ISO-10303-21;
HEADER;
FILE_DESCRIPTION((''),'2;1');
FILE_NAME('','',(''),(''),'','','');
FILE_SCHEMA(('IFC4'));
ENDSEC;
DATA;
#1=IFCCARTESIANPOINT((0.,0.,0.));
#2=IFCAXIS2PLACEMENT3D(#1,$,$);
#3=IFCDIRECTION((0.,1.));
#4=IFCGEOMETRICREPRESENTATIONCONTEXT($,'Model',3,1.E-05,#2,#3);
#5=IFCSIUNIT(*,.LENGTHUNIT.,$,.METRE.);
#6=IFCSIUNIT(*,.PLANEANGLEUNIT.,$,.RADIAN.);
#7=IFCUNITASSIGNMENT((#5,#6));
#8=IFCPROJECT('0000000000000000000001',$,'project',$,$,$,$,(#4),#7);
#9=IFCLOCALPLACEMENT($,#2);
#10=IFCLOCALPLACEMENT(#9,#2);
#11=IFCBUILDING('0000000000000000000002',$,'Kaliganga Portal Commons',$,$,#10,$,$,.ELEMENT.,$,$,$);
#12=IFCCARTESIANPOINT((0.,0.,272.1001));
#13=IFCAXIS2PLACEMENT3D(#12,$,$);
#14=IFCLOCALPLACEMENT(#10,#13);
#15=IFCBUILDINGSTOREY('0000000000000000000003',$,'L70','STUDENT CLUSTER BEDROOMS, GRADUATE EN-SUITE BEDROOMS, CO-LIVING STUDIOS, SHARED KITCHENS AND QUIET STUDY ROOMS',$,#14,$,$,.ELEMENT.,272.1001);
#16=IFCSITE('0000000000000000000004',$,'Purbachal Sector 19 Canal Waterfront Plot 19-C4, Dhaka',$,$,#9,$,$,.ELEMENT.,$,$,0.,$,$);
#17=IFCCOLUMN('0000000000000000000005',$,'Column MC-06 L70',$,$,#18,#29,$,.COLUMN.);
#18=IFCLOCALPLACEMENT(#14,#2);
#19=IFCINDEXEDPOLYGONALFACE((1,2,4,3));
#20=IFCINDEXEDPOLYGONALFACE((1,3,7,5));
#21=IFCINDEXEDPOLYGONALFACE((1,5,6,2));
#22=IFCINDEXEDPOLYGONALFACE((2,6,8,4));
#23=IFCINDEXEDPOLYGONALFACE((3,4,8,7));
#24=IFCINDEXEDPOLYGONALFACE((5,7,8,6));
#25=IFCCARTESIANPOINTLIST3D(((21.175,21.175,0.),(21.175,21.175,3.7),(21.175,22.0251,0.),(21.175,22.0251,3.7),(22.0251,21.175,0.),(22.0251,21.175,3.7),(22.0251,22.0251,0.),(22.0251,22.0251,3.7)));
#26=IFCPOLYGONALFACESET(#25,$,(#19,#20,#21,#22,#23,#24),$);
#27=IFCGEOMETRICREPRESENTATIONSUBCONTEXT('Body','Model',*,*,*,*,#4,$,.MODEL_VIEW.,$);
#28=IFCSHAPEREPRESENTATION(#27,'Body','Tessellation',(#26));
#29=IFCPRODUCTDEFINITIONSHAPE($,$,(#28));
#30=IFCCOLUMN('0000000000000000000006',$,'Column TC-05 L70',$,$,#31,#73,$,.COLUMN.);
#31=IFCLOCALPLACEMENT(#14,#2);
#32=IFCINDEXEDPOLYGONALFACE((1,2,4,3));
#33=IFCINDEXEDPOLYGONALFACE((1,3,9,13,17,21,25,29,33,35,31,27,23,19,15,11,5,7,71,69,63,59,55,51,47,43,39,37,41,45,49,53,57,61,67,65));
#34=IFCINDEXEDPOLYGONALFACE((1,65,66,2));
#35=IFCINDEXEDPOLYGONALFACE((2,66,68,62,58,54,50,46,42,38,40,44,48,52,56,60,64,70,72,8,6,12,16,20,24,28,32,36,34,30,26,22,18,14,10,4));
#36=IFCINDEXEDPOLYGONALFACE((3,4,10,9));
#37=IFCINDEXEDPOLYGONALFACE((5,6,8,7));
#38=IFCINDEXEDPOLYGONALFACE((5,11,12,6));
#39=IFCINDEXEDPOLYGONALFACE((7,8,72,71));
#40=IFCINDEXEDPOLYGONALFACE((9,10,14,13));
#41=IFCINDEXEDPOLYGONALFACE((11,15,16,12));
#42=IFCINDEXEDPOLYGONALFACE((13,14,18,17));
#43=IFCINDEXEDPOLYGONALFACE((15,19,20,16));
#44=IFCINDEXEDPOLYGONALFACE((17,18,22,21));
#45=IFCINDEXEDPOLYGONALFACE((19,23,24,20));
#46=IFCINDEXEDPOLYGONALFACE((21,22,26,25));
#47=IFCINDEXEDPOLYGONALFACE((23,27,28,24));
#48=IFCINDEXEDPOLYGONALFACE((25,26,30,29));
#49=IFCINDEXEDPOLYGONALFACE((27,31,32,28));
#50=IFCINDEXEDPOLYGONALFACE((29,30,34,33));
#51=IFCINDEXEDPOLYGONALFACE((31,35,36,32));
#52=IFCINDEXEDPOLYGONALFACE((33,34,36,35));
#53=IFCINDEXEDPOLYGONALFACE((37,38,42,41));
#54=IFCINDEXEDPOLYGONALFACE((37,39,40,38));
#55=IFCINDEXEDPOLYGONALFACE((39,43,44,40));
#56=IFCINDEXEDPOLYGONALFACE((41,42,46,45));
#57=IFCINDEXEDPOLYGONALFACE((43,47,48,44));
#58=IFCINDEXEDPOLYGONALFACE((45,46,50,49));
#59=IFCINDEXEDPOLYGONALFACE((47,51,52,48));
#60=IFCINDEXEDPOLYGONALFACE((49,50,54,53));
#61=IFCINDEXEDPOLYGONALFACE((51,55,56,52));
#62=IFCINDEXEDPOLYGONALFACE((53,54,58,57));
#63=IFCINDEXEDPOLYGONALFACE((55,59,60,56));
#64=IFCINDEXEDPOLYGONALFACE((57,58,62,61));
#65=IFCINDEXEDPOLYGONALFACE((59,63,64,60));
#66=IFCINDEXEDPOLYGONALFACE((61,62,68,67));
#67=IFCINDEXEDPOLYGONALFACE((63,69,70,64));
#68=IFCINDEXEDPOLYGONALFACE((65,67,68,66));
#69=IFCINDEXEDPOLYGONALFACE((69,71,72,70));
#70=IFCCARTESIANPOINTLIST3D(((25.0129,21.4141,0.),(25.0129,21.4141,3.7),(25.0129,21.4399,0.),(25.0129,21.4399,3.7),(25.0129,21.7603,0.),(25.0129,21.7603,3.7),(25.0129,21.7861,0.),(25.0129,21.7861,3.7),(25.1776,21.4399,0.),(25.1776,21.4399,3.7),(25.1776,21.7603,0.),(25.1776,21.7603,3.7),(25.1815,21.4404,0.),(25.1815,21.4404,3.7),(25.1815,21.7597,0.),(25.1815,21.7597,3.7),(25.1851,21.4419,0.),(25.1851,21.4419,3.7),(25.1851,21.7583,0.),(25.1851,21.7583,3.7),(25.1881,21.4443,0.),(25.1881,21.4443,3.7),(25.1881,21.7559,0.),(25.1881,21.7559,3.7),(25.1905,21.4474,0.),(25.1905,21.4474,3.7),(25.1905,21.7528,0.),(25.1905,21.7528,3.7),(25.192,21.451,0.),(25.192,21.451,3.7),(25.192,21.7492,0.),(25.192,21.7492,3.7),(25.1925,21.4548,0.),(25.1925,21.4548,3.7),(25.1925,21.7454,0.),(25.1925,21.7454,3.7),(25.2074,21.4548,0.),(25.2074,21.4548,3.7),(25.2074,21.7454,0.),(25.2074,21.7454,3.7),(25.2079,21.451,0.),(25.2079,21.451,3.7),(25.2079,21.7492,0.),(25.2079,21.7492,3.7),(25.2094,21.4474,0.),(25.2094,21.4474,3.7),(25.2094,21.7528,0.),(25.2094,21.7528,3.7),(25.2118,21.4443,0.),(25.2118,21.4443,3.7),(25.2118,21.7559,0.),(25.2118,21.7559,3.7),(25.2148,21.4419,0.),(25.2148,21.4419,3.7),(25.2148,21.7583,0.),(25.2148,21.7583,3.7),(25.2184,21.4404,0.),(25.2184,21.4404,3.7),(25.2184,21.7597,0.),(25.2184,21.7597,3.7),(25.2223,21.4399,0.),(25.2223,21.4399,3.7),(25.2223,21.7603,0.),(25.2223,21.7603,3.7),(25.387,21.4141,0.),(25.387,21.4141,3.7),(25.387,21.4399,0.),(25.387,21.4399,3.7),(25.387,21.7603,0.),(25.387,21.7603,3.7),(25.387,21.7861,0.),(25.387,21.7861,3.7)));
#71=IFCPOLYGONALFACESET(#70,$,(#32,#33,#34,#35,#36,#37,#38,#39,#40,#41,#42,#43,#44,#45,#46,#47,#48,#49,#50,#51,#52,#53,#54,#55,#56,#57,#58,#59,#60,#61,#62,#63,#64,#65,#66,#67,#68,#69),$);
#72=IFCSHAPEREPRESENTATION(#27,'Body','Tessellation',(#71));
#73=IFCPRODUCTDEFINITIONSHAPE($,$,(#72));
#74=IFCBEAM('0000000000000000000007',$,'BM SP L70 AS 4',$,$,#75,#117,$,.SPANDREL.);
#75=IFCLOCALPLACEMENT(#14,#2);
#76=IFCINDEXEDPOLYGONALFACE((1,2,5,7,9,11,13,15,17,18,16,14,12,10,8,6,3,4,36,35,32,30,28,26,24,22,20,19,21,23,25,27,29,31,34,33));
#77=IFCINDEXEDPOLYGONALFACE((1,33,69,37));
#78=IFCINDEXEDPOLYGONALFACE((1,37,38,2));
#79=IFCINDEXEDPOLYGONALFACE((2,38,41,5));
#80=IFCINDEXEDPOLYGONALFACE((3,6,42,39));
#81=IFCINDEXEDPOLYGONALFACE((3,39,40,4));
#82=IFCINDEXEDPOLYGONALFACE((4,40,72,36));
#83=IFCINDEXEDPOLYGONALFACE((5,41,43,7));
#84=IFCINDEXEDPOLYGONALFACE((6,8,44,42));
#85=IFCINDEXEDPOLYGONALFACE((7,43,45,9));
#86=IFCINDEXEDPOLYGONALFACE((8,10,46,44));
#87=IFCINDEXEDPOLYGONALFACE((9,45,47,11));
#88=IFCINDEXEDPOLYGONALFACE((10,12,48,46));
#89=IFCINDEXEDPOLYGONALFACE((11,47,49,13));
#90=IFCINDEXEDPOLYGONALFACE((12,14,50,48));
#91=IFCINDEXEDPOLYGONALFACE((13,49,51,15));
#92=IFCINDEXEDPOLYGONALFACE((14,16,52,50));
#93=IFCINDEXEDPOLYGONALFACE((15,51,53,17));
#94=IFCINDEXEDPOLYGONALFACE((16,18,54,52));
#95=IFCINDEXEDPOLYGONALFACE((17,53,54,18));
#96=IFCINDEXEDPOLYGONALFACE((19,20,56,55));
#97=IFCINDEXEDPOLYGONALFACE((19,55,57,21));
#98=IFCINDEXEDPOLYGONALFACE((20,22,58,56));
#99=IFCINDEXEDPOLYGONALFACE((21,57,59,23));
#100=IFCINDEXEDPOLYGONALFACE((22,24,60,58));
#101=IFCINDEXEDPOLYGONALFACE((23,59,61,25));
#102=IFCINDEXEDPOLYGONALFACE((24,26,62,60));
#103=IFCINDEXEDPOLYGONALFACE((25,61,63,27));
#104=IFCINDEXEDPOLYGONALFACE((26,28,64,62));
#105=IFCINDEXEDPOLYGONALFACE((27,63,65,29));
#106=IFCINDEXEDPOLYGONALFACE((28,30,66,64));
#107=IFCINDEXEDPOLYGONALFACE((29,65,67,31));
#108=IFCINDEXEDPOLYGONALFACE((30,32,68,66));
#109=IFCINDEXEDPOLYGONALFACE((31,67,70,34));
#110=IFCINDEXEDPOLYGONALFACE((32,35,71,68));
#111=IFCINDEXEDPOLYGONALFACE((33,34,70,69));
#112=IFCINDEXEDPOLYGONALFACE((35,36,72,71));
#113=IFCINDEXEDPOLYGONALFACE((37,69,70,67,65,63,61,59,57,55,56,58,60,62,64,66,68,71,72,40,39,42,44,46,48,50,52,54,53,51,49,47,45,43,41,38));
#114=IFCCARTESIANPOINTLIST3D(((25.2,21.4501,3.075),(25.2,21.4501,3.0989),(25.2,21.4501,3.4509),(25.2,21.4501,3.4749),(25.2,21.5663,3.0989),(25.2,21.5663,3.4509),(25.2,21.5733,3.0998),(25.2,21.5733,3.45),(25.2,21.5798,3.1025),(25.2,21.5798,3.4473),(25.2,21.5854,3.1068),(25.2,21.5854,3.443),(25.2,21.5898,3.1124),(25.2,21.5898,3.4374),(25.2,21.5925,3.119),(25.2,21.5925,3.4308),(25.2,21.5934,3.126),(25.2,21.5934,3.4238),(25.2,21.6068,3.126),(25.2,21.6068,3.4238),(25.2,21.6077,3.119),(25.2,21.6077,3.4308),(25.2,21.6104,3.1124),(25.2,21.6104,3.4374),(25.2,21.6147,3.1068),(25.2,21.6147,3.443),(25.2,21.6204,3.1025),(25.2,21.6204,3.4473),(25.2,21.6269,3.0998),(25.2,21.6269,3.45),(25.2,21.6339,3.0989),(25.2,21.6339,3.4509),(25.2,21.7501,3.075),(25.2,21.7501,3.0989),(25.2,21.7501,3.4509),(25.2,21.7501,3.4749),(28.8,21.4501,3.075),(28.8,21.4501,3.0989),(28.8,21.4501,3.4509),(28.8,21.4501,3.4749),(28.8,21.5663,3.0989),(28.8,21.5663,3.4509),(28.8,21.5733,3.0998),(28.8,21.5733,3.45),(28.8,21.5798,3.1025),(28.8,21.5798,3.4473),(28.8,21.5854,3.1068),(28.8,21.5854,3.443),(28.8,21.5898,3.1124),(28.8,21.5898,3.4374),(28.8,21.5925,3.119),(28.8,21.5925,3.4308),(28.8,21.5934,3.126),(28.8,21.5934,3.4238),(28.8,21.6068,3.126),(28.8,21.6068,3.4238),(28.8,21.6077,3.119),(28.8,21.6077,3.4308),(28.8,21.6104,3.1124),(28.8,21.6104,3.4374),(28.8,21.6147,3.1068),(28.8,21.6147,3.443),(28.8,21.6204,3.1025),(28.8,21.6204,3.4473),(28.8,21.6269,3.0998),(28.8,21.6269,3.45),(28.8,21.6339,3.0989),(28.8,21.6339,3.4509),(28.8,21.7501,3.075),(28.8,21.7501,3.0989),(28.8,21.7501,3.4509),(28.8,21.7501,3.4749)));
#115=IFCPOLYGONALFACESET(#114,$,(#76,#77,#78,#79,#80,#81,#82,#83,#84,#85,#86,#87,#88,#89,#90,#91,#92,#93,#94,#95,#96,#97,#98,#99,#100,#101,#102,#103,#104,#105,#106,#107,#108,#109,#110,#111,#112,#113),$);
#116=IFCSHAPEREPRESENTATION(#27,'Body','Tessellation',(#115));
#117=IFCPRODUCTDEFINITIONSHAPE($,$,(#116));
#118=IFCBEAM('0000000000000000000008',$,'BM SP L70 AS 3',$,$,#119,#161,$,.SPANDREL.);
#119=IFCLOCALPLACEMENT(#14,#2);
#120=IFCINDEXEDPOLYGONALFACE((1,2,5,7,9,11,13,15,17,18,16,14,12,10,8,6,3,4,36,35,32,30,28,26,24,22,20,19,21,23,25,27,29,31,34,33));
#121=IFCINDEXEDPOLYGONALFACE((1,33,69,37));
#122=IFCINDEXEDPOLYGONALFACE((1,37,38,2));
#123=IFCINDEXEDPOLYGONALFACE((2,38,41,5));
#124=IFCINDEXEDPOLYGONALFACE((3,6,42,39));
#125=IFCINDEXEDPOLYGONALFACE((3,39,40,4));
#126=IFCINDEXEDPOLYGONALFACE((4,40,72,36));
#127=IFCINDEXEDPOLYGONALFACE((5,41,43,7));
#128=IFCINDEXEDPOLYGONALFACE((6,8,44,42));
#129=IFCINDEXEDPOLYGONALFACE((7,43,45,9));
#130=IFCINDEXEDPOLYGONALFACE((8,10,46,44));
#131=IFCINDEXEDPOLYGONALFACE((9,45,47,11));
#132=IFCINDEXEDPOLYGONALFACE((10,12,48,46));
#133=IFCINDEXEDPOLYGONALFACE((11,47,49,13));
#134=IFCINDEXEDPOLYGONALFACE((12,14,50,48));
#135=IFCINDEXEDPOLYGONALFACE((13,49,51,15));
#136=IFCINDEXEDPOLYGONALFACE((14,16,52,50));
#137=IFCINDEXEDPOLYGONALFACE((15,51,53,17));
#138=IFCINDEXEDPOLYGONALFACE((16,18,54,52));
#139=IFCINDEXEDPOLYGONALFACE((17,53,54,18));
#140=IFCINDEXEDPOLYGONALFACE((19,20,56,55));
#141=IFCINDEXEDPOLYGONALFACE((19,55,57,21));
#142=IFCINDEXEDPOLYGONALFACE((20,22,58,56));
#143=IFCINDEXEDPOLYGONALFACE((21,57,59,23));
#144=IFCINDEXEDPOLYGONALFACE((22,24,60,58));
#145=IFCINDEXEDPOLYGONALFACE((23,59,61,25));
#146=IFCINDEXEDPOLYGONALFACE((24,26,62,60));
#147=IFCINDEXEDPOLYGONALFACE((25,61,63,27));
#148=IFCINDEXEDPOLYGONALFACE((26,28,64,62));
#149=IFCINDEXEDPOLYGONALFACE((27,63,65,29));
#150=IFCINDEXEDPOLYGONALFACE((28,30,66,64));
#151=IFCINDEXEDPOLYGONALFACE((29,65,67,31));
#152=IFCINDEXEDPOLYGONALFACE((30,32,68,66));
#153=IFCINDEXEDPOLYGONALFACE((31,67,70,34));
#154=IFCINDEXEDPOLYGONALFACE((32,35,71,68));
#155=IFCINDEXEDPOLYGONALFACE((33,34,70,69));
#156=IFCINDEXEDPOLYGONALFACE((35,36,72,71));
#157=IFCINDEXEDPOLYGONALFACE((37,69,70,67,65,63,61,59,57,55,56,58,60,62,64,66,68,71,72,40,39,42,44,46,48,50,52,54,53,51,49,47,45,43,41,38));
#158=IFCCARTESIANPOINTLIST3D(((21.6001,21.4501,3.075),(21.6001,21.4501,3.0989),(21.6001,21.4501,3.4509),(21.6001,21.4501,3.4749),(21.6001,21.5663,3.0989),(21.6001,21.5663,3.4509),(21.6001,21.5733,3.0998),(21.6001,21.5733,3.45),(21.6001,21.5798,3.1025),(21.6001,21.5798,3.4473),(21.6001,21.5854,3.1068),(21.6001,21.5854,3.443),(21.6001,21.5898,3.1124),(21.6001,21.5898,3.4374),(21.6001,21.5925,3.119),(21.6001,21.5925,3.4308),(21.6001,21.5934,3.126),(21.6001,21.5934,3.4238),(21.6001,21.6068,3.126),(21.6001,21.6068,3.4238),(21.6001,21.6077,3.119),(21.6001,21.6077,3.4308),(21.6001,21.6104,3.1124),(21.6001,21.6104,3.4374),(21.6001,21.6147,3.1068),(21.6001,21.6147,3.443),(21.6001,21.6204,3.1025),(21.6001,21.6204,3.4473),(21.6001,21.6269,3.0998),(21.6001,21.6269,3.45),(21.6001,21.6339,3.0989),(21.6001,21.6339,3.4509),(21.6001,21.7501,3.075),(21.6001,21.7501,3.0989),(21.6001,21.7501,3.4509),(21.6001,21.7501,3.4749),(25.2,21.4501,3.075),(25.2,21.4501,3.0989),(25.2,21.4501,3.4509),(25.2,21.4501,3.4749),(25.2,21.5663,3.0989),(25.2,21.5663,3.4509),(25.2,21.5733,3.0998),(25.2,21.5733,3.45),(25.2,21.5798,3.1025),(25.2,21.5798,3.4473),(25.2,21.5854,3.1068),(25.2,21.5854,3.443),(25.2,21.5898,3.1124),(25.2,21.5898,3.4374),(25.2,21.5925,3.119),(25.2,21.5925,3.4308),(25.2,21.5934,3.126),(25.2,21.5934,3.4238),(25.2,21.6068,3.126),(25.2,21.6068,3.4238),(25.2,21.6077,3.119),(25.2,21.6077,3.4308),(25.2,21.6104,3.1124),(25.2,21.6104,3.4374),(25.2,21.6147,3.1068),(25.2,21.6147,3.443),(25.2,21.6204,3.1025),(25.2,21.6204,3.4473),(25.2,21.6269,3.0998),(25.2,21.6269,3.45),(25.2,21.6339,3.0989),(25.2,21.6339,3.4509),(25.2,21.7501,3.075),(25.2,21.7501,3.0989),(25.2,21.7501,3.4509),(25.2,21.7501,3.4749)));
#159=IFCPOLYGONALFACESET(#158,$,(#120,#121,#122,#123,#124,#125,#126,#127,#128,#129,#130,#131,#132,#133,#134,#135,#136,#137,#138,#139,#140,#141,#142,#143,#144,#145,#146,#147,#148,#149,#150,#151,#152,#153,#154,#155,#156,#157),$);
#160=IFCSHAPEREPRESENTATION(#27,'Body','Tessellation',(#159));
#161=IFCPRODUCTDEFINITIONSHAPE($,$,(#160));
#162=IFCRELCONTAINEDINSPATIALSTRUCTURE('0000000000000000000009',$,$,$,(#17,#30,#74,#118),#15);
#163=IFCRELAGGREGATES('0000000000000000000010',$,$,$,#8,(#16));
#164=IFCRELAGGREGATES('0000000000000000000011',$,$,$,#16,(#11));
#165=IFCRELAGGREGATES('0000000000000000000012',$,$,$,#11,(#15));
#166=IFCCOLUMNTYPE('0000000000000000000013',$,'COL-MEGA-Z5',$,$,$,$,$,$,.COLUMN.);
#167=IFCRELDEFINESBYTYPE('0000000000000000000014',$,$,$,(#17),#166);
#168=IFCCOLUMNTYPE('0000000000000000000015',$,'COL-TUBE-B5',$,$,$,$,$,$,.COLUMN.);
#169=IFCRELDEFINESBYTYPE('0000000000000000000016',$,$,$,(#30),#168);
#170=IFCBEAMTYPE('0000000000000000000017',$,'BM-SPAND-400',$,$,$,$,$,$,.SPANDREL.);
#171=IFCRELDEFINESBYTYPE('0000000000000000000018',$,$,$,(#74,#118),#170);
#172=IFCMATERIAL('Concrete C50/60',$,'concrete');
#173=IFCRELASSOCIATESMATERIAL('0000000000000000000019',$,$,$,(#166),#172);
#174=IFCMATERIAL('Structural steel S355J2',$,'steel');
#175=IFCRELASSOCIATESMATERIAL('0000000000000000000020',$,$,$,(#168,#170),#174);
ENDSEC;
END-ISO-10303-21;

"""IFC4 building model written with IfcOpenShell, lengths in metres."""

from ifc_helpers import new_model, si_unit, direction, frame, origin, origin_2d, place, context, subcontext, project, spatial, rectangle, i_section, extrude, source, transform, mapped, material, material_profile, profile_set, type_object, element, save


model = new_model("IFC4")

# Units and contexts
model_context = context("Model", 3, precision=1e-05, world=origin(), true_north=direction((0.0, 1.0)))
body_context = subcontext(model_context, "Body", "Model", "MODEL_VIEW")
ifc_project = project(units=[si_unit("LENGTHUNIT", "METRE"), si_unit("PLANEANGLEUNIT", "RADIAN")], contexts=[model_context])

# Site, building, storey
site_placement = place(None, origin())
site = spatial("IfcSite", under=ifc_project, at=site_placement, Name="Purbachal Sector 19 Canal Waterfront Plot 19-C4, Dhaka", CompositionType="ELEMENT", RefElevation=0.0)
building_placement = place(site_placement, origin())
building = spatial("IfcBuilding", under=site, at=building_placement, Name="Kaliganga Portal Commons", CompositionType="ELEMENT")
storey_placement = place(building_placement, frame((0.0, 0.0, 272.1001)))
storey = spatial("IfcBuildingStorey", under=building, at=storey_placement, Name="L70", Description="STUDENT CLUSTER BEDROOMS, GRADUATE EN-SUITE BEDROOMS, CO-LIVING STUDIOS, SHARED KITCHENS AND QUIET STUDY ROOMS", CompositionType="ELEMENT", Elevation=272.1001)

# Columns
ifc_material_1 = material(Name="Concrete C50/60", Category="concrete")
ifc_material_profile_1 = material_profile(ifc_material_1, rectangle(XDim=0.8501, YDim=0.8501, at=origin_2d()), Name="RC 850x850")
ifc_profile_set_1 = profile_set([ifc_material_profile_1], Name="Concrete C50/60")
column_type_1 = type_object("IfcColumnType", Name="COL-MEGA-Z5", PredefinedType="COLUMN", material=ifc_profile_set_1)
shared_shape_1 = source(origin(), body_context, "Body", "SweptSolid", [
    extrude(rectangle(XDim=0.8501, YDim=0.8501, at=origin_2d()), origin(), (0.0, 0.0, 1.0), 3.7),
])
column_1_placement = place(storey_placement, frame((21.6001, 21.6001, 0.0), z_axis=(0.0, 0.0, 1.0), x_axis=(1.0, 0.0, 0.0)))
element("IfcColumn", 1, at=column_1_placement, inside=storey, type_object=column_type_1, Name="Column MC-06 L70", PredefinedType="COLUMN", context=body_context, shape_type="MappedRepresentation", body=[
    mapped(shared_shape_1, transform((0.0, 0.0, 0.0), x_axis=(1.0, 0.0, 0.0), y_axis=(0.0, 1.0, 0.0), z_axis=(0.0, 0.0, 1.0), scale=1.0)),
])
ifc_material_2 = material(Name="Structural steel S355J2", Category="steel")
ifc_material_profile_2 = material_profile(ifc_material_2, i_section(OverallWidth=0.374, OverallDepth=0.3721, WebThickness=0.0149, FlangeThickness=0.0259, FilletRadius=0.0149, at=origin_2d()), Name="HD 360x196")
ifc_profile_set_2 = profile_set([ifc_material_profile_2], Name="Structural steel S355J2 wide-flange")
column_type_2 = type_object("IfcColumnType", Name="COL-TUBE-B5", PredefinedType="COLUMN", material=ifc_profile_set_2)
shared_shape_2 = source(origin(), body_context, "Body", "SweptSolid", [
    extrude(i_section(OverallWidth=0.374, OverallDepth=0.3721, WebThickness=0.0149, FlangeThickness=0.0259, FilletRadius=0.0149, at=origin_2d()), origin(), (0.0, 0.0, 1.0), 3.7),
])
column_2_placement = place(storey_placement, frame((25.2, 21.6001, 0.0), z_axis=(0.0, 0.0, 1.0), x_axis=(1.0, 0.0, 0.0)))
element("IfcColumn", 2, at=column_2_placement, inside=storey, type_object=column_type_2, Name="Column TC-05 L70", PredefinedType="COLUMN", context=body_context, shape_type="MappedRepresentation", body=[
    mapped(shared_shape_2, transform((0.0, 0.0, 0.0), x_axis=(1.0, 0.0, 0.0), y_axis=(0.0, 1.0, 0.0), z_axis=(0.0, 0.0, 1.0), scale=1.0)),
])

# Beams
ifc_material_profile_3 = material_profile(ifc_material_2, i_section(OverallWidth=0.3, OverallDepth=0.3999, WebThickness=0.0134, FlangeThickness=0.0239, FilletRadius=0.0271, at=origin_2d()), Name="HE 400 B")
ifc_profile_set_3 = profile_set([ifc_material_profile_3], Name="Structural steel S355J2 wide-flange")
beam_type_1 = type_object("IfcBeamType", Name="BM-SPAND-400", PredefinedType="SPANDREL", material=ifc_profile_set_3)
shared_shape_3 = source(origin(), body_context, "Body", "SweptSolid", [
    extrude(i_section(OverallWidth=0.3, OverallDepth=0.3999, WebThickness=0.0134, FlangeThickness=0.0239, FilletRadius=0.0271, at=origin_2d()), origin(), (0.0, 0.0, 1.0), 3.6001),
])
beam_1_placement = place(storey_placement, frame((25.2, 21.6001, 3.2749), z_axis=(1.0, 0.0, 0.0), x_axis=(0.0, 1.0, 0.0)))
element("IfcBeam", 3, at=beam_1_placement, inside=storey, type_object=beam_type_1, Name="BM SP L70 AS 4", PredefinedType="SPANDREL", context=body_context, shape_type="MappedRepresentation", body=[
    mapped(shared_shape_3, transform((0.0, 0.0, 0.0), x_axis=(1.0, 0.0, 0.0), y_axis=(0.0, 1.0, 0.0), z_axis=(0.0, 0.0, 1.0), scale=1.0)),
])
shared_shape_4 = source(origin(), body_context, "Body", "SweptSolid", [
    extrude(i_section(OverallWidth=0.3, OverallDepth=0.3999, WebThickness=0.0134, FlangeThickness=0.0239, FilletRadius=0.0271, at=origin_2d()), origin(), (0.0, 0.0, 1.0), 3.5999),
])
beam_2_placement = place(storey_placement, frame((21.6001, 21.6001, 3.2749), z_axis=(1.0, 0.0, 0.0), x_axis=(0.0, 1.0, 0.0)))
element("IfcBeam", 4, at=beam_2_placement, inside=storey, type_object=beam_type_1, Name="BM SP L70 AS 3", PredefinedType="SPANDREL", context=body_context, shape_type="MappedRepresentation", body=[
    mapped(shared_shape_4, transform((0.0, 0.0, 0.0), x_axis=(1.0, 0.0, 0.0), y_axis=(0.0, 1.0, 0.0), z_axis=(0.0, 0.0, 1.0), scale=1.0)),
])

save(model, "model.ifc")
